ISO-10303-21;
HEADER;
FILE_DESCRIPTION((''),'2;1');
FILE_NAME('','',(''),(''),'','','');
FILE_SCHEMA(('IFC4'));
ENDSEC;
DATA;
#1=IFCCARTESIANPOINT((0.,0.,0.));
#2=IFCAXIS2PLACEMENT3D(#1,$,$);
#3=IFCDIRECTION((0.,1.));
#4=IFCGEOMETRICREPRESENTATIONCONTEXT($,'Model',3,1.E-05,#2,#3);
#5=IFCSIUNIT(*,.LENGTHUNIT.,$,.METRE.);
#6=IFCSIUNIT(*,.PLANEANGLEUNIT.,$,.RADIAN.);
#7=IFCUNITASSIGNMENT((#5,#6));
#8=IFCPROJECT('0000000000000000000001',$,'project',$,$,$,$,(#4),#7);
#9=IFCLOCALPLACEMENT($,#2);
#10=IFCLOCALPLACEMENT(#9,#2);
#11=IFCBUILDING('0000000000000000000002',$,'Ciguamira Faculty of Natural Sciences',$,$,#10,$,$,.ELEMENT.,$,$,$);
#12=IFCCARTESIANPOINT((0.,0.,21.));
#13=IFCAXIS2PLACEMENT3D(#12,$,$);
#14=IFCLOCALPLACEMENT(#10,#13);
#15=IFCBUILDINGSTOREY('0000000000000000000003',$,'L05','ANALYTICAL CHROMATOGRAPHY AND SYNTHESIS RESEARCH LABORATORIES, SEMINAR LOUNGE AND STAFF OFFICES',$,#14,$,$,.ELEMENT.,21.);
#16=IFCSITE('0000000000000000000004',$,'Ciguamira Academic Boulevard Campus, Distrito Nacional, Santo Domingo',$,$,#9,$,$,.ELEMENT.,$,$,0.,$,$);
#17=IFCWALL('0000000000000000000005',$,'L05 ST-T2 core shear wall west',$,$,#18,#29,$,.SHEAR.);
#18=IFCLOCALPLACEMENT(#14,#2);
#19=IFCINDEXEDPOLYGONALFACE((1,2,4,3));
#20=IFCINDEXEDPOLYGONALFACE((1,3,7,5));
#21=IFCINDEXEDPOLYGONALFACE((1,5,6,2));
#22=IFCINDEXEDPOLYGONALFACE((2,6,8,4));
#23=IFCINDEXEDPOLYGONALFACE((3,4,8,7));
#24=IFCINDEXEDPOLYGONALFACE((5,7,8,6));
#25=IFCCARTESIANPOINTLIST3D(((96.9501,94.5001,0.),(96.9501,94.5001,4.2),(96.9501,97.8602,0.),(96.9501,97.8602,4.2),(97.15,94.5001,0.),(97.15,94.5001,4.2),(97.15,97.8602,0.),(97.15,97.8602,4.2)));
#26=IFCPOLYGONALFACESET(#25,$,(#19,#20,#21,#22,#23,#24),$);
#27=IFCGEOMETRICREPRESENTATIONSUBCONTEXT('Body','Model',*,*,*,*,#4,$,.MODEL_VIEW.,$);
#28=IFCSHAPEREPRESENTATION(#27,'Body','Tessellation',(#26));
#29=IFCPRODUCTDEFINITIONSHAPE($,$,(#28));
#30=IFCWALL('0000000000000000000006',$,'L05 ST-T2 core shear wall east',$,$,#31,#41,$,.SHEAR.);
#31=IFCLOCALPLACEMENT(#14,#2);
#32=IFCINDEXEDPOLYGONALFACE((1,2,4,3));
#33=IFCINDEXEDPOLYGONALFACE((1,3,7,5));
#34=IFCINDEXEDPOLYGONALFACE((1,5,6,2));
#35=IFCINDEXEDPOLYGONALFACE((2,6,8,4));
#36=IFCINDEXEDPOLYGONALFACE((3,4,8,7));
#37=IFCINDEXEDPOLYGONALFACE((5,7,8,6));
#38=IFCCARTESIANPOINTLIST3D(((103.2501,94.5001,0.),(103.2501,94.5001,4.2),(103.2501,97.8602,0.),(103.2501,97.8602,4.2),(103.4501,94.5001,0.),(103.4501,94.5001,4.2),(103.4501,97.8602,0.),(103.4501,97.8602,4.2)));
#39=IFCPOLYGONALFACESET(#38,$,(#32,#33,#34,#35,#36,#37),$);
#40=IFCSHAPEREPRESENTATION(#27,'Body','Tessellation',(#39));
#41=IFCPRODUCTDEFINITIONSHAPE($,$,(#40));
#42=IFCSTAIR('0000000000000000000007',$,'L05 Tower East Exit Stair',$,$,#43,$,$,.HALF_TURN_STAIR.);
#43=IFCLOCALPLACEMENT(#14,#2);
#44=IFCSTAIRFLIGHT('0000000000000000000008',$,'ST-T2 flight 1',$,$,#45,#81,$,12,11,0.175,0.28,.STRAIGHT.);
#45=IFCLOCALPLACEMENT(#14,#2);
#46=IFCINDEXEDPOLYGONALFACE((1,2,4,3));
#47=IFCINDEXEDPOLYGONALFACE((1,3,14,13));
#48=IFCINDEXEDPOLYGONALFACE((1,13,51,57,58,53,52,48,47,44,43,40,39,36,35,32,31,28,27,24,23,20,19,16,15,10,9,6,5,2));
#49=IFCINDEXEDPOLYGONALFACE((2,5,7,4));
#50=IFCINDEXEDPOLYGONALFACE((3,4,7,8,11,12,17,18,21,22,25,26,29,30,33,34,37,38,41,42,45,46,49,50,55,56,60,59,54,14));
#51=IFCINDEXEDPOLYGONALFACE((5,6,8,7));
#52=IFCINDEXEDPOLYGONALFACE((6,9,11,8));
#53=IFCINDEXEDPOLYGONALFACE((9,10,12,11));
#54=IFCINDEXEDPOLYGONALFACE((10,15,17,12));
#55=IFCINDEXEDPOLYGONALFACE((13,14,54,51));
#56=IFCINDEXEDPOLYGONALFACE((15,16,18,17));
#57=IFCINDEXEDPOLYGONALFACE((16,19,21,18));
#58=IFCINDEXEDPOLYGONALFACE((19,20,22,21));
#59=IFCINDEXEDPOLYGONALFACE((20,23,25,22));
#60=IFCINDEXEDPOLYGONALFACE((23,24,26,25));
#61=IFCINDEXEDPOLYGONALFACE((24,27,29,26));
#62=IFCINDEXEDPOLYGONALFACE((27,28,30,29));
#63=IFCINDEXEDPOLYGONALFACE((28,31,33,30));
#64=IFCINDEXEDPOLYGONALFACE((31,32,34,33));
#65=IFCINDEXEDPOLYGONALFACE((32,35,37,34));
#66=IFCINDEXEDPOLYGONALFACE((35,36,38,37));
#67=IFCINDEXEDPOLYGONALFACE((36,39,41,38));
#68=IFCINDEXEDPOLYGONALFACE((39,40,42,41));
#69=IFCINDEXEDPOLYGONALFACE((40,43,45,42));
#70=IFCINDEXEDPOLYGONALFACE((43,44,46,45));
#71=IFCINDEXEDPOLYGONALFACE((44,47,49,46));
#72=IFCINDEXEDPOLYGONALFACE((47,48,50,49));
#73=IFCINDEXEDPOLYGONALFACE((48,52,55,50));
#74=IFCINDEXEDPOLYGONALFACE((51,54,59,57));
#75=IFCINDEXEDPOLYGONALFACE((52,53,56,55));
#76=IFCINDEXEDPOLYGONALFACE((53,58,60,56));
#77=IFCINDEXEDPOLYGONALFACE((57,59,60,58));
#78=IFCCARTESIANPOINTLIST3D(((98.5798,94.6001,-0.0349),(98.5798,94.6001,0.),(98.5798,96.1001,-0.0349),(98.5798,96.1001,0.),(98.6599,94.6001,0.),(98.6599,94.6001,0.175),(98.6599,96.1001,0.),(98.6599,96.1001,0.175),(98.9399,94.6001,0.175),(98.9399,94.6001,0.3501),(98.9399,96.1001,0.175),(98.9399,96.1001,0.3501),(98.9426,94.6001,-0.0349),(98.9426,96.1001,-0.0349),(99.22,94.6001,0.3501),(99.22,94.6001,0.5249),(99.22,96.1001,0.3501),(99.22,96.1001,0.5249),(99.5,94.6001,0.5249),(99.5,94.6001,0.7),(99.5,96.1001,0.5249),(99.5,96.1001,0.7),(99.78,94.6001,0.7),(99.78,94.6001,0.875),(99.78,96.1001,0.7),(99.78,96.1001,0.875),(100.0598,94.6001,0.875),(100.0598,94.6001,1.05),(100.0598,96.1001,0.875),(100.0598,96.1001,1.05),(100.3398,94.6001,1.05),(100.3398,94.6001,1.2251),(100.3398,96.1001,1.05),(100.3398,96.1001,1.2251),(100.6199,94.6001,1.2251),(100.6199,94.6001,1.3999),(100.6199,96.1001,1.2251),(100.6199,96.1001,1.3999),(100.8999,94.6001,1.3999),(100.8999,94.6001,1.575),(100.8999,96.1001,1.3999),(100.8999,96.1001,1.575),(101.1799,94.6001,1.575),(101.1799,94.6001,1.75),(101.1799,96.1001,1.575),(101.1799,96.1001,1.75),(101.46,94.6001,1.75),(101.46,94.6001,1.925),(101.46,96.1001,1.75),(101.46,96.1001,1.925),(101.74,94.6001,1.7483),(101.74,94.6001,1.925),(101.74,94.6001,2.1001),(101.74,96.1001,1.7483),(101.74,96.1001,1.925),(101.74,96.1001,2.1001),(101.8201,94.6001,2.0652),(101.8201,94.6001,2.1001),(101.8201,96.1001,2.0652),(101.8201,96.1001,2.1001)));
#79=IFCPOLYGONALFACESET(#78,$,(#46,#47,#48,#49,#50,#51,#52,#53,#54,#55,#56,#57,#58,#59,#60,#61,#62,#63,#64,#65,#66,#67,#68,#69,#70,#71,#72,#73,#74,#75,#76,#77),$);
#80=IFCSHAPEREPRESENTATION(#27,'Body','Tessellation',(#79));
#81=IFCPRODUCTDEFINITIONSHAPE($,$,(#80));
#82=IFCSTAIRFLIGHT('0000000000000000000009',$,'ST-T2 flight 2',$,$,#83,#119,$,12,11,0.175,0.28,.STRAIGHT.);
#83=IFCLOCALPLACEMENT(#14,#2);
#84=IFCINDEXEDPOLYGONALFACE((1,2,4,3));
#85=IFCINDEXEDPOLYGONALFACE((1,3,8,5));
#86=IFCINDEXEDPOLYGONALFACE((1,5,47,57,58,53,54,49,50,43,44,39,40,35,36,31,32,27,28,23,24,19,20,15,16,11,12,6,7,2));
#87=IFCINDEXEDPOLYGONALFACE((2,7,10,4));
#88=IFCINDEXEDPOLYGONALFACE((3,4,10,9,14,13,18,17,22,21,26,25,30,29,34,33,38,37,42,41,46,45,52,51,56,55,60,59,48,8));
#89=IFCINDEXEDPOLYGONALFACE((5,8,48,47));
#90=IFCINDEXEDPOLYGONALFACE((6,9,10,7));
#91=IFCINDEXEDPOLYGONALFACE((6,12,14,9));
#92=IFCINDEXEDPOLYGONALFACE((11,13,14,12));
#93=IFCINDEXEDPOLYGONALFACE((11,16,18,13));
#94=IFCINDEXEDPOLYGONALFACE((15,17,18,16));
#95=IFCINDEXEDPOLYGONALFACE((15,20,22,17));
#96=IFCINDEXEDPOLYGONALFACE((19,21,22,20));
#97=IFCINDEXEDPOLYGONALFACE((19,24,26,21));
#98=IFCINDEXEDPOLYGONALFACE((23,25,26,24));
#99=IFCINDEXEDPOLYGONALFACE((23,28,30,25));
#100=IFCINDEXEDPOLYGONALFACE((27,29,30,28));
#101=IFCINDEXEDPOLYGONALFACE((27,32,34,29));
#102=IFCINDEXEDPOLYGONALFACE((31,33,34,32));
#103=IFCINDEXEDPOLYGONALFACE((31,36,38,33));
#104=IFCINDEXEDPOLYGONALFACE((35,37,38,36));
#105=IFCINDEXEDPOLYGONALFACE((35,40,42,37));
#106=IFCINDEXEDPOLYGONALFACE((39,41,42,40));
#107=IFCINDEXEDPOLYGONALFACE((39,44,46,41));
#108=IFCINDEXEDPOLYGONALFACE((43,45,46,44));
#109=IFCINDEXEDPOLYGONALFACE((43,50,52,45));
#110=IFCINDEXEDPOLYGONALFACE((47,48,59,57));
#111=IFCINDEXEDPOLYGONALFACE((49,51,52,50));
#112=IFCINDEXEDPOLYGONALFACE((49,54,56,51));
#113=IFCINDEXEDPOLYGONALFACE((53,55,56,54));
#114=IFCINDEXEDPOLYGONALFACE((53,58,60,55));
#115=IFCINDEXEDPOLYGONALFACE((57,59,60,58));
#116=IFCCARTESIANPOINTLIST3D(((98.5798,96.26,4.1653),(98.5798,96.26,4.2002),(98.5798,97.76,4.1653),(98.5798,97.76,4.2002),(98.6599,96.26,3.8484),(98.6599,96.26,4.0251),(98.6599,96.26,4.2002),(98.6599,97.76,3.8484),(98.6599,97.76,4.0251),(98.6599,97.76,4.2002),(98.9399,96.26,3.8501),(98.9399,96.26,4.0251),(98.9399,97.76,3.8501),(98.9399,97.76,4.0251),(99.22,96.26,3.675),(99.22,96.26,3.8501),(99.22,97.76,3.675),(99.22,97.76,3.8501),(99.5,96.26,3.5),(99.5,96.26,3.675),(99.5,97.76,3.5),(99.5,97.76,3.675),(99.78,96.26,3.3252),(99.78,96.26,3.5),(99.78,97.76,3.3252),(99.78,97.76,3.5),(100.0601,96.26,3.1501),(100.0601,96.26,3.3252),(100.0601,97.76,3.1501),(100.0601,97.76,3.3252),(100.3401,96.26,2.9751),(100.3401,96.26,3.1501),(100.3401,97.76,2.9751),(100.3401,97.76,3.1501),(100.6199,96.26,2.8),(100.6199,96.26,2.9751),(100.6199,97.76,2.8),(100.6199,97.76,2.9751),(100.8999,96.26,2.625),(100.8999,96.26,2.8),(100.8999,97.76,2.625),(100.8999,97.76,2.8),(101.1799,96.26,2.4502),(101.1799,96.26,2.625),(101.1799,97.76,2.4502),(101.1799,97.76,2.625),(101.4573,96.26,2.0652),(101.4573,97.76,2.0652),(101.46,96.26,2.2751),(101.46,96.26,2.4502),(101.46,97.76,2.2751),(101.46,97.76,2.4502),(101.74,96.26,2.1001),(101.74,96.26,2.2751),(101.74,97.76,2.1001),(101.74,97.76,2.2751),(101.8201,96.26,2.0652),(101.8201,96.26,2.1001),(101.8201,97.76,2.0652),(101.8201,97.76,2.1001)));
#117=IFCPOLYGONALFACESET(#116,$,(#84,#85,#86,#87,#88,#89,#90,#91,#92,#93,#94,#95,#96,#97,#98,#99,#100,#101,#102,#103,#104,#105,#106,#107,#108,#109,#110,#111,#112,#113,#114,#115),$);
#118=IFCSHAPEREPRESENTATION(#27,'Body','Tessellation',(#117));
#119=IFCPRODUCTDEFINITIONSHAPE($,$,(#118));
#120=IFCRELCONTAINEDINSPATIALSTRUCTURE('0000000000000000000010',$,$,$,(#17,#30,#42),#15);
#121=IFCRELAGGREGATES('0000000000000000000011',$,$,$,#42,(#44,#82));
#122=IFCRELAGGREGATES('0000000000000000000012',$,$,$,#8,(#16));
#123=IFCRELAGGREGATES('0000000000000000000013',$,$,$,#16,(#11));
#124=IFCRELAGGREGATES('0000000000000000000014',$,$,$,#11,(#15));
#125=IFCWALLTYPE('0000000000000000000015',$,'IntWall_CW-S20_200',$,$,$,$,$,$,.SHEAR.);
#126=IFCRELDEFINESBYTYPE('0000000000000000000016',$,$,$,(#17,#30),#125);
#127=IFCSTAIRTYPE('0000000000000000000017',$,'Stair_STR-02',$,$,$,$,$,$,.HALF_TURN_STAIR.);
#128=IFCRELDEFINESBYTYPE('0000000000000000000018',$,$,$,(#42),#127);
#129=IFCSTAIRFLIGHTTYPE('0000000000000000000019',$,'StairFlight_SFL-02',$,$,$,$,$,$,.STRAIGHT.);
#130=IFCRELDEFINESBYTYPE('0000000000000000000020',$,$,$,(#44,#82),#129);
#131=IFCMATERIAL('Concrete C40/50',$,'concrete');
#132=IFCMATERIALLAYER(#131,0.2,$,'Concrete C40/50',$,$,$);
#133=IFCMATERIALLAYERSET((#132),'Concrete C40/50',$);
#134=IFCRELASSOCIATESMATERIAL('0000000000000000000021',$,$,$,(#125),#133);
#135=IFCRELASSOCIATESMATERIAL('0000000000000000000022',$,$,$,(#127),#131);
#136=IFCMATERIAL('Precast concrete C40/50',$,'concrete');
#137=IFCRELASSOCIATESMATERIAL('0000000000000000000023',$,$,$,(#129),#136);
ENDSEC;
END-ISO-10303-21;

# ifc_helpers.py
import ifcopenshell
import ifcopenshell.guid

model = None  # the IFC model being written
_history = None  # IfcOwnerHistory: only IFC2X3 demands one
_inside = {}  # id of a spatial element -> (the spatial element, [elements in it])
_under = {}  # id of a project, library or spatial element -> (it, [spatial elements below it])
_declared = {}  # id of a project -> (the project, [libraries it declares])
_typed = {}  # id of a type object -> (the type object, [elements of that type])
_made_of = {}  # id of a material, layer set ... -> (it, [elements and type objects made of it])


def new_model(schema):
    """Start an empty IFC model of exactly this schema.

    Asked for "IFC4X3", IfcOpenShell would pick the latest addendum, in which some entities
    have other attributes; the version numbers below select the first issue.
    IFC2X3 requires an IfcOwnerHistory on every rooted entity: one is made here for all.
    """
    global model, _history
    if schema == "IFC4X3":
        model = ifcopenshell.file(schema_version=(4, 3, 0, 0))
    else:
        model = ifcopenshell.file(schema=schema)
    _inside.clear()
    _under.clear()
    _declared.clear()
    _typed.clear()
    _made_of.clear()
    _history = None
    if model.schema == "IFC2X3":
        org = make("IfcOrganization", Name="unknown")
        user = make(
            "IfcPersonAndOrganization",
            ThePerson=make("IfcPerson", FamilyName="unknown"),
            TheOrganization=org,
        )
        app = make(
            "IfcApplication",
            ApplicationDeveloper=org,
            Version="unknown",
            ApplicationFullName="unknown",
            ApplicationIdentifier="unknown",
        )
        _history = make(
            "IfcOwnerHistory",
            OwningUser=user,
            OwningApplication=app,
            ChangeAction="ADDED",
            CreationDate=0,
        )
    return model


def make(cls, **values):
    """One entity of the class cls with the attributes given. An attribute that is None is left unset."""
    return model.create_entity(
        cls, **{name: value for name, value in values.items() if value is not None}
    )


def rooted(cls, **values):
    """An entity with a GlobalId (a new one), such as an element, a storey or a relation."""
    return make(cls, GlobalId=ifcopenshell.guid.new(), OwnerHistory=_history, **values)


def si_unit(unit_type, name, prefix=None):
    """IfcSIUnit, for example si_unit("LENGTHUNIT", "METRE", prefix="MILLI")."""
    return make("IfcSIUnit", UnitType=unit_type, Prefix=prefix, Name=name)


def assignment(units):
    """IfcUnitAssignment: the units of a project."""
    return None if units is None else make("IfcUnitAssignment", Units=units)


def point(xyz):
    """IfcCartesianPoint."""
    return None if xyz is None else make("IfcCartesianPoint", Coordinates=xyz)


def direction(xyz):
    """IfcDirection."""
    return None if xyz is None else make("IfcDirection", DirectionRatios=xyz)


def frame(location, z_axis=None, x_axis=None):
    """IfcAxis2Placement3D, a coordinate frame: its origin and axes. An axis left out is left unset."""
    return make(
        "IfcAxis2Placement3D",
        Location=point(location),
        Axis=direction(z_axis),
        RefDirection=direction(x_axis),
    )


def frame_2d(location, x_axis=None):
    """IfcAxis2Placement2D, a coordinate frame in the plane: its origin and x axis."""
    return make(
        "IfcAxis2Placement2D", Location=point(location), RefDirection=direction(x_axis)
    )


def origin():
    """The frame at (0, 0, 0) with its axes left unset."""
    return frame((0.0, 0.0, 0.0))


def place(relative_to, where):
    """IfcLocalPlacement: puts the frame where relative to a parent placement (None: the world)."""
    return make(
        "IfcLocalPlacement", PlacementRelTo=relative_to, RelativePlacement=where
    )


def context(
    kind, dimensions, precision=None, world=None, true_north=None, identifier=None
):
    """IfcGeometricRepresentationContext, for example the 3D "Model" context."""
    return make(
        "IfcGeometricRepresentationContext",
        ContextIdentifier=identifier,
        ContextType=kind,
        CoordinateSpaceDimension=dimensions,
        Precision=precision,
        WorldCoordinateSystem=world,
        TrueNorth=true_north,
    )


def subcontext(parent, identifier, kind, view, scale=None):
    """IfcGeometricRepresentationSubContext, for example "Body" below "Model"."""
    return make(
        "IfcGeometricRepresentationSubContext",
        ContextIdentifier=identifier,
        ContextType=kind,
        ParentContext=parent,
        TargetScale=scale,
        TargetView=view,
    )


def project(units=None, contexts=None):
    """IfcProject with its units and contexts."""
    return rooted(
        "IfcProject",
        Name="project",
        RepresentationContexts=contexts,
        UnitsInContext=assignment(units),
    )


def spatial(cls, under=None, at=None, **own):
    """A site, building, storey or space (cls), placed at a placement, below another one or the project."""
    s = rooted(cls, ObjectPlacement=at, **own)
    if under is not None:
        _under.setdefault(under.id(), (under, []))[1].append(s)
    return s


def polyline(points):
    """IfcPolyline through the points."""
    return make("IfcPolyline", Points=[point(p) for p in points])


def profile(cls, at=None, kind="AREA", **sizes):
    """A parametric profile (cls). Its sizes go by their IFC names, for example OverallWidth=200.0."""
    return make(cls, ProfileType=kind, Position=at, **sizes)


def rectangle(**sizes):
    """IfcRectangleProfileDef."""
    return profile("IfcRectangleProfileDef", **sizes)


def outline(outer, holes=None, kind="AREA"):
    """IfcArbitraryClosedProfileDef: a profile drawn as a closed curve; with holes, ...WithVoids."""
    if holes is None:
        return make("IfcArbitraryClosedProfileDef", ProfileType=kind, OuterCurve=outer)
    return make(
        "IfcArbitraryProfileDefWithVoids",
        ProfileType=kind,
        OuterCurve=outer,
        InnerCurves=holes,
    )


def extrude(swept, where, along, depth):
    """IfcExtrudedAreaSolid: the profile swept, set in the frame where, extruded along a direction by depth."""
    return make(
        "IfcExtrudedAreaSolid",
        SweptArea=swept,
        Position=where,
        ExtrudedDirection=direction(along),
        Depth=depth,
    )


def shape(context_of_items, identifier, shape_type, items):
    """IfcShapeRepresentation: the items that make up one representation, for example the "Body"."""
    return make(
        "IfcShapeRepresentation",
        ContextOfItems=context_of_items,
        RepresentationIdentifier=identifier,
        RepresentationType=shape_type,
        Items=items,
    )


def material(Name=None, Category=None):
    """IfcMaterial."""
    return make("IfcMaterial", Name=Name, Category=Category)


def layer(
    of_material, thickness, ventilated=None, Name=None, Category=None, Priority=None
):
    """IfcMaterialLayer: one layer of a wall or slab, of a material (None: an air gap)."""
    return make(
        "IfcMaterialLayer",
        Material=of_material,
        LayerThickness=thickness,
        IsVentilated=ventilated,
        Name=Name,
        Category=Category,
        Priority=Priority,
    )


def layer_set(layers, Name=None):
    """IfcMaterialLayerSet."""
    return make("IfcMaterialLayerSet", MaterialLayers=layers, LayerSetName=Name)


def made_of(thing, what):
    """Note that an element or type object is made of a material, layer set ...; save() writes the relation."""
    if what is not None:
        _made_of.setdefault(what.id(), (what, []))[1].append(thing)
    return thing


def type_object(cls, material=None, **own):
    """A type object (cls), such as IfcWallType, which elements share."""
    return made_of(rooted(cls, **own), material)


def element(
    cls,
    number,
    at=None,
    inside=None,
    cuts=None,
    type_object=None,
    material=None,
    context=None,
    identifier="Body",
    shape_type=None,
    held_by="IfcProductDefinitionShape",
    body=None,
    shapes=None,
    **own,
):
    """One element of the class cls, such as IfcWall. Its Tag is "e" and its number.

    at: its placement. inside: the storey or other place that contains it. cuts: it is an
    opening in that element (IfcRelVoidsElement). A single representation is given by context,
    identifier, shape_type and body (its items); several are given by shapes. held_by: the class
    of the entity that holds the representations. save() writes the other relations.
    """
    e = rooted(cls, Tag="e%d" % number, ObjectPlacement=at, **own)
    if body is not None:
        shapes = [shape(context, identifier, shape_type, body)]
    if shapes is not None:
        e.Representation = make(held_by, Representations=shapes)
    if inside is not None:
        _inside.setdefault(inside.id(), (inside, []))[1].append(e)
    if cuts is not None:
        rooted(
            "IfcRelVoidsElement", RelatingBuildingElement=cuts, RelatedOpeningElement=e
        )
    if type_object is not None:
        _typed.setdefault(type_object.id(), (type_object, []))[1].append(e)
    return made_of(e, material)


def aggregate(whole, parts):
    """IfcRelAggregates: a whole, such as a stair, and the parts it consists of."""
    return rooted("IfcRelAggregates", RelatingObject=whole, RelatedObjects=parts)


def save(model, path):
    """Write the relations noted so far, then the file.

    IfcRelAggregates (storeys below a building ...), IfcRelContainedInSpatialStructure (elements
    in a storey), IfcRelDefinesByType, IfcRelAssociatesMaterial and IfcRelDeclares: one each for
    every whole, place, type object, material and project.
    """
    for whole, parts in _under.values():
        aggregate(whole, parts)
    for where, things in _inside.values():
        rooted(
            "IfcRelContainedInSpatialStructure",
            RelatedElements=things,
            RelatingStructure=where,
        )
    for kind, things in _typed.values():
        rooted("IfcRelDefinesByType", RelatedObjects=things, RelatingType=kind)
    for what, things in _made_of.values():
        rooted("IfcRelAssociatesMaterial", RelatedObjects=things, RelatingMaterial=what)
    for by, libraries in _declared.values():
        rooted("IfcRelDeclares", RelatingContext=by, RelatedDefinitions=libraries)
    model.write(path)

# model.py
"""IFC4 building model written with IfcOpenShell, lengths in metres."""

from ifc_helpers import new_model, si_unit, direction, frame, frame_2d, origin, place, context, subcontext, project, spatial, polyline, rectangle, outline, extrude, material, layer, layer_set, type_object, element, aggregate, save


model = new_model("IFC4")

# Units and contexts
model_context = context("Model", 3, precision=1e-05, world=origin(), true_north=direction((0.0, 1.0)))
body_context = subcontext(model_context, "Body", "Model", "MODEL_VIEW")
ifc_project = project(units=[si_unit("LENGTHUNIT", "METRE"), si_unit("PLANEANGLEUNIT", "RADIAN")], contexts=[model_context])

# Site, building, storey
site_placement = place(None, origin())
site = spatial("IfcSite", under=ifc_project, at=site_placement, Name="Ciguamira Academic Boulevard Campus, Distrito Nacional, Santo Domingo", CompositionType="ELEMENT", RefElevation=0.0)
building_placement = place(site_placement, origin())
building = spatial("IfcBuilding", under=site, at=building_placement, Name="Ciguamira Faculty of Natural Sciences", CompositionType="ELEMENT")
storey_placement = place(building_placement, frame((0.0, 0.0, 21.0)))
storey = spatial("IfcBuildingStorey", under=building, at=storey_placement, Name="L05", Description="ANALYTICAL CHROMATOGRAPHY AND SYNTHESIS RESEARCH LABORATORIES, SEMINAR LOUNGE AND STAFF OFFICES", CompositionType="ELEMENT", Elevation=21.0)

# Shared definitions
ifc_material_1 = material(Name="Concrete C40/50", Category="concrete")

# Shared definitions
ifc_material_2 = material(Name="Precast concrete C40/50", Category="concrete")

# Shared definitions
ifc_layer_1 = layer(ifc_material_1, 0.2, Name="Concrete C40/50")
ifc_layer_set_1 = layer_set([ifc_layer_1], Name="Concrete C40/50")
wall_type_1 = type_object("IfcWallType", Name="IntWall_CW-S20_200", PredefinedType="SHEAR", material=ifc_layer_set_1)

# Walls
for number, where, z_axis, x_axis, name in (
    (1, (97.05, 94.5, 0.0), (0.0, 0.0, 1.0), (0.0, 1.0, 0.0), "L05 ST-T2 core shear wall west"),
    (2, (103.3501, 94.5, 0.0), (0.0, 0.0, 1.0), (0.0, 1.0, 0.0), "L05 ST-T2 core shear wall east"),
):
    element("IfcWall", number, at=place(storey_placement, frame(where, z_axis=z_axis, x_axis=x_axis)), inside=storey, type_object=wall_type_1, Name=name, PredefinedType="SHEAR", context=body_context, shape_type="SweptSolid", body=[
        extrude(rectangle(XDim=3.3601, YDim=0.2, at=frame_2d((1.6802, 0.0))), origin(), (0.0, 0.0, 1.0), 4.2),
    ])

# Stair, stair flights
stair_type = type_object("IfcStairType", Name="Stair_STR-02", PredefinedType="HALF_TURN_STAIR", material=ifc_material_1)
stair_placement = place(storey_placement, origin())
stair = element("IfcStair", 3, at=stair_placement, inside=storey, type_object=stair_type, Name="L05 Tower East Exit Stair", PredefinedType="HALF_TURN_STAIR")
stair_flight_type = type_object("IfcStairFlightType", Name="StairFlight_SFL-02", PredefinedType="STRAIGHT", material=ifc_material_2)
stair_flight_1_placement = place(storey_placement, frame((98.6599, 95.3501, 0.0), z_axis=(0.0, 0.0, 1.0), x_axis=(1.0, 0.0, 0.0)))
stair_flight_1 = element("IfcStairFlight", 4, at=stair_flight_1_placement, type_object=stair_flight_type, Name="ST-T2 flight 1", NumberOfRisers=12, NumberOfTreads=11, PredefinedType="STRAIGHT", RiserHeight=0.175, TreadLength=0.28, context=body_context, shape_type="SweptSolid", body=[
    extrude(outline(polyline([(-0.0801, -0.0349), (-0.0801, 0.0), (0.0, 0.0), (0.0, 0.175), (0.28, 0.175), (0.28, 0.3501), (0.5601, 0.3501), (0.5601, 0.5249), (0.8401, 0.5249), (0.8401, 0.7), (1.1201, 0.7), (1.1201, 0.875), (1.3999, 0.875), (1.3999, 1.05), (1.6799, 1.05), (1.6799, 1.2251), (1.96, 1.2251), (1.96, 1.3999), (2.24, 1.3999), (2.24, 1.575), (2.52, 1.575), (2.52, 1.75), (2.8, 1.75), (2.8, 1.925), (3.0801, 1.925), (3.0801, 2.1001), (3.1602, 2.1001), (3.1602, 2.0652), (3.0801, 1.7483), (0.2827, -0.0349), (-0.0801, -0.0349)])), frame((0.0, 0.75, 0.0), z_axis=(0.0, -1.0, 0.0), x_axis=(1.0, 0.0, 0.0)), (0.0, 0.0, 1.0), 1.5),
])
stair_flight_2_placement = place(storey_placement, frame((101.74, 97.01, 2.1001), z_axis=(0.0, 0.0, 1.0), x_axis=(-1.0, 0.0, 0.0)))
stair_flight_2 = element("IfcStairFlight", 5, at=stair_flight_2_placement, type_object=stair_flight_type, Name="ST-T2 flight 2", NumberOfRisers=12, NumberOfTreads=11, PredefinedType="STRAIGHT", RiserHeight=0.175, TreadLength=0.28, context=body_context, shape_type="SweptSolid", body=[
    extrude(outline(polyline([(-0.0801, -0.0349), (-0.0801, 0.0), (0.0, 0.0), (0.0, 0.175), (0.28, 0.175), (0.28, 0.3501), (0.5601, 0.3501), (0.5601, 0.5249), (0.8401, 0.5249), (0.8401, 0.7), (1.1201, 0.7), (1.1201, 0.875), (1.3999, 0.875), (1.3999, 1.05), (1.6799, 1.05), (1.6799, 1.2251), (1.96, 1.2251), (1.96, 1.3999), (2.24, 1.3999), (2.24, 1.575), (2.52, 1.575), (2.52, 1.75), (2.8, 1.75), (2.8, 1.925), (3.0801, 1.925), (3.0801, 2.1001), (3.1602, 2.1001), (3.1602, 2.0652), (3.0801, 1.7483), (0.2827, -0.0349), (-0.0801, -0.0349)])), frame((0.0, 0.75, 0.0), z_axis=(0.0, -1.0, 0.0), x_axis=(1.0, 0.0, 0.0)), (0.0, 0.0, 1.0), 1.5),
])
aggregate(stair, [stair_flight_1, stair_flight_2])

save(model, "model.ifc")
